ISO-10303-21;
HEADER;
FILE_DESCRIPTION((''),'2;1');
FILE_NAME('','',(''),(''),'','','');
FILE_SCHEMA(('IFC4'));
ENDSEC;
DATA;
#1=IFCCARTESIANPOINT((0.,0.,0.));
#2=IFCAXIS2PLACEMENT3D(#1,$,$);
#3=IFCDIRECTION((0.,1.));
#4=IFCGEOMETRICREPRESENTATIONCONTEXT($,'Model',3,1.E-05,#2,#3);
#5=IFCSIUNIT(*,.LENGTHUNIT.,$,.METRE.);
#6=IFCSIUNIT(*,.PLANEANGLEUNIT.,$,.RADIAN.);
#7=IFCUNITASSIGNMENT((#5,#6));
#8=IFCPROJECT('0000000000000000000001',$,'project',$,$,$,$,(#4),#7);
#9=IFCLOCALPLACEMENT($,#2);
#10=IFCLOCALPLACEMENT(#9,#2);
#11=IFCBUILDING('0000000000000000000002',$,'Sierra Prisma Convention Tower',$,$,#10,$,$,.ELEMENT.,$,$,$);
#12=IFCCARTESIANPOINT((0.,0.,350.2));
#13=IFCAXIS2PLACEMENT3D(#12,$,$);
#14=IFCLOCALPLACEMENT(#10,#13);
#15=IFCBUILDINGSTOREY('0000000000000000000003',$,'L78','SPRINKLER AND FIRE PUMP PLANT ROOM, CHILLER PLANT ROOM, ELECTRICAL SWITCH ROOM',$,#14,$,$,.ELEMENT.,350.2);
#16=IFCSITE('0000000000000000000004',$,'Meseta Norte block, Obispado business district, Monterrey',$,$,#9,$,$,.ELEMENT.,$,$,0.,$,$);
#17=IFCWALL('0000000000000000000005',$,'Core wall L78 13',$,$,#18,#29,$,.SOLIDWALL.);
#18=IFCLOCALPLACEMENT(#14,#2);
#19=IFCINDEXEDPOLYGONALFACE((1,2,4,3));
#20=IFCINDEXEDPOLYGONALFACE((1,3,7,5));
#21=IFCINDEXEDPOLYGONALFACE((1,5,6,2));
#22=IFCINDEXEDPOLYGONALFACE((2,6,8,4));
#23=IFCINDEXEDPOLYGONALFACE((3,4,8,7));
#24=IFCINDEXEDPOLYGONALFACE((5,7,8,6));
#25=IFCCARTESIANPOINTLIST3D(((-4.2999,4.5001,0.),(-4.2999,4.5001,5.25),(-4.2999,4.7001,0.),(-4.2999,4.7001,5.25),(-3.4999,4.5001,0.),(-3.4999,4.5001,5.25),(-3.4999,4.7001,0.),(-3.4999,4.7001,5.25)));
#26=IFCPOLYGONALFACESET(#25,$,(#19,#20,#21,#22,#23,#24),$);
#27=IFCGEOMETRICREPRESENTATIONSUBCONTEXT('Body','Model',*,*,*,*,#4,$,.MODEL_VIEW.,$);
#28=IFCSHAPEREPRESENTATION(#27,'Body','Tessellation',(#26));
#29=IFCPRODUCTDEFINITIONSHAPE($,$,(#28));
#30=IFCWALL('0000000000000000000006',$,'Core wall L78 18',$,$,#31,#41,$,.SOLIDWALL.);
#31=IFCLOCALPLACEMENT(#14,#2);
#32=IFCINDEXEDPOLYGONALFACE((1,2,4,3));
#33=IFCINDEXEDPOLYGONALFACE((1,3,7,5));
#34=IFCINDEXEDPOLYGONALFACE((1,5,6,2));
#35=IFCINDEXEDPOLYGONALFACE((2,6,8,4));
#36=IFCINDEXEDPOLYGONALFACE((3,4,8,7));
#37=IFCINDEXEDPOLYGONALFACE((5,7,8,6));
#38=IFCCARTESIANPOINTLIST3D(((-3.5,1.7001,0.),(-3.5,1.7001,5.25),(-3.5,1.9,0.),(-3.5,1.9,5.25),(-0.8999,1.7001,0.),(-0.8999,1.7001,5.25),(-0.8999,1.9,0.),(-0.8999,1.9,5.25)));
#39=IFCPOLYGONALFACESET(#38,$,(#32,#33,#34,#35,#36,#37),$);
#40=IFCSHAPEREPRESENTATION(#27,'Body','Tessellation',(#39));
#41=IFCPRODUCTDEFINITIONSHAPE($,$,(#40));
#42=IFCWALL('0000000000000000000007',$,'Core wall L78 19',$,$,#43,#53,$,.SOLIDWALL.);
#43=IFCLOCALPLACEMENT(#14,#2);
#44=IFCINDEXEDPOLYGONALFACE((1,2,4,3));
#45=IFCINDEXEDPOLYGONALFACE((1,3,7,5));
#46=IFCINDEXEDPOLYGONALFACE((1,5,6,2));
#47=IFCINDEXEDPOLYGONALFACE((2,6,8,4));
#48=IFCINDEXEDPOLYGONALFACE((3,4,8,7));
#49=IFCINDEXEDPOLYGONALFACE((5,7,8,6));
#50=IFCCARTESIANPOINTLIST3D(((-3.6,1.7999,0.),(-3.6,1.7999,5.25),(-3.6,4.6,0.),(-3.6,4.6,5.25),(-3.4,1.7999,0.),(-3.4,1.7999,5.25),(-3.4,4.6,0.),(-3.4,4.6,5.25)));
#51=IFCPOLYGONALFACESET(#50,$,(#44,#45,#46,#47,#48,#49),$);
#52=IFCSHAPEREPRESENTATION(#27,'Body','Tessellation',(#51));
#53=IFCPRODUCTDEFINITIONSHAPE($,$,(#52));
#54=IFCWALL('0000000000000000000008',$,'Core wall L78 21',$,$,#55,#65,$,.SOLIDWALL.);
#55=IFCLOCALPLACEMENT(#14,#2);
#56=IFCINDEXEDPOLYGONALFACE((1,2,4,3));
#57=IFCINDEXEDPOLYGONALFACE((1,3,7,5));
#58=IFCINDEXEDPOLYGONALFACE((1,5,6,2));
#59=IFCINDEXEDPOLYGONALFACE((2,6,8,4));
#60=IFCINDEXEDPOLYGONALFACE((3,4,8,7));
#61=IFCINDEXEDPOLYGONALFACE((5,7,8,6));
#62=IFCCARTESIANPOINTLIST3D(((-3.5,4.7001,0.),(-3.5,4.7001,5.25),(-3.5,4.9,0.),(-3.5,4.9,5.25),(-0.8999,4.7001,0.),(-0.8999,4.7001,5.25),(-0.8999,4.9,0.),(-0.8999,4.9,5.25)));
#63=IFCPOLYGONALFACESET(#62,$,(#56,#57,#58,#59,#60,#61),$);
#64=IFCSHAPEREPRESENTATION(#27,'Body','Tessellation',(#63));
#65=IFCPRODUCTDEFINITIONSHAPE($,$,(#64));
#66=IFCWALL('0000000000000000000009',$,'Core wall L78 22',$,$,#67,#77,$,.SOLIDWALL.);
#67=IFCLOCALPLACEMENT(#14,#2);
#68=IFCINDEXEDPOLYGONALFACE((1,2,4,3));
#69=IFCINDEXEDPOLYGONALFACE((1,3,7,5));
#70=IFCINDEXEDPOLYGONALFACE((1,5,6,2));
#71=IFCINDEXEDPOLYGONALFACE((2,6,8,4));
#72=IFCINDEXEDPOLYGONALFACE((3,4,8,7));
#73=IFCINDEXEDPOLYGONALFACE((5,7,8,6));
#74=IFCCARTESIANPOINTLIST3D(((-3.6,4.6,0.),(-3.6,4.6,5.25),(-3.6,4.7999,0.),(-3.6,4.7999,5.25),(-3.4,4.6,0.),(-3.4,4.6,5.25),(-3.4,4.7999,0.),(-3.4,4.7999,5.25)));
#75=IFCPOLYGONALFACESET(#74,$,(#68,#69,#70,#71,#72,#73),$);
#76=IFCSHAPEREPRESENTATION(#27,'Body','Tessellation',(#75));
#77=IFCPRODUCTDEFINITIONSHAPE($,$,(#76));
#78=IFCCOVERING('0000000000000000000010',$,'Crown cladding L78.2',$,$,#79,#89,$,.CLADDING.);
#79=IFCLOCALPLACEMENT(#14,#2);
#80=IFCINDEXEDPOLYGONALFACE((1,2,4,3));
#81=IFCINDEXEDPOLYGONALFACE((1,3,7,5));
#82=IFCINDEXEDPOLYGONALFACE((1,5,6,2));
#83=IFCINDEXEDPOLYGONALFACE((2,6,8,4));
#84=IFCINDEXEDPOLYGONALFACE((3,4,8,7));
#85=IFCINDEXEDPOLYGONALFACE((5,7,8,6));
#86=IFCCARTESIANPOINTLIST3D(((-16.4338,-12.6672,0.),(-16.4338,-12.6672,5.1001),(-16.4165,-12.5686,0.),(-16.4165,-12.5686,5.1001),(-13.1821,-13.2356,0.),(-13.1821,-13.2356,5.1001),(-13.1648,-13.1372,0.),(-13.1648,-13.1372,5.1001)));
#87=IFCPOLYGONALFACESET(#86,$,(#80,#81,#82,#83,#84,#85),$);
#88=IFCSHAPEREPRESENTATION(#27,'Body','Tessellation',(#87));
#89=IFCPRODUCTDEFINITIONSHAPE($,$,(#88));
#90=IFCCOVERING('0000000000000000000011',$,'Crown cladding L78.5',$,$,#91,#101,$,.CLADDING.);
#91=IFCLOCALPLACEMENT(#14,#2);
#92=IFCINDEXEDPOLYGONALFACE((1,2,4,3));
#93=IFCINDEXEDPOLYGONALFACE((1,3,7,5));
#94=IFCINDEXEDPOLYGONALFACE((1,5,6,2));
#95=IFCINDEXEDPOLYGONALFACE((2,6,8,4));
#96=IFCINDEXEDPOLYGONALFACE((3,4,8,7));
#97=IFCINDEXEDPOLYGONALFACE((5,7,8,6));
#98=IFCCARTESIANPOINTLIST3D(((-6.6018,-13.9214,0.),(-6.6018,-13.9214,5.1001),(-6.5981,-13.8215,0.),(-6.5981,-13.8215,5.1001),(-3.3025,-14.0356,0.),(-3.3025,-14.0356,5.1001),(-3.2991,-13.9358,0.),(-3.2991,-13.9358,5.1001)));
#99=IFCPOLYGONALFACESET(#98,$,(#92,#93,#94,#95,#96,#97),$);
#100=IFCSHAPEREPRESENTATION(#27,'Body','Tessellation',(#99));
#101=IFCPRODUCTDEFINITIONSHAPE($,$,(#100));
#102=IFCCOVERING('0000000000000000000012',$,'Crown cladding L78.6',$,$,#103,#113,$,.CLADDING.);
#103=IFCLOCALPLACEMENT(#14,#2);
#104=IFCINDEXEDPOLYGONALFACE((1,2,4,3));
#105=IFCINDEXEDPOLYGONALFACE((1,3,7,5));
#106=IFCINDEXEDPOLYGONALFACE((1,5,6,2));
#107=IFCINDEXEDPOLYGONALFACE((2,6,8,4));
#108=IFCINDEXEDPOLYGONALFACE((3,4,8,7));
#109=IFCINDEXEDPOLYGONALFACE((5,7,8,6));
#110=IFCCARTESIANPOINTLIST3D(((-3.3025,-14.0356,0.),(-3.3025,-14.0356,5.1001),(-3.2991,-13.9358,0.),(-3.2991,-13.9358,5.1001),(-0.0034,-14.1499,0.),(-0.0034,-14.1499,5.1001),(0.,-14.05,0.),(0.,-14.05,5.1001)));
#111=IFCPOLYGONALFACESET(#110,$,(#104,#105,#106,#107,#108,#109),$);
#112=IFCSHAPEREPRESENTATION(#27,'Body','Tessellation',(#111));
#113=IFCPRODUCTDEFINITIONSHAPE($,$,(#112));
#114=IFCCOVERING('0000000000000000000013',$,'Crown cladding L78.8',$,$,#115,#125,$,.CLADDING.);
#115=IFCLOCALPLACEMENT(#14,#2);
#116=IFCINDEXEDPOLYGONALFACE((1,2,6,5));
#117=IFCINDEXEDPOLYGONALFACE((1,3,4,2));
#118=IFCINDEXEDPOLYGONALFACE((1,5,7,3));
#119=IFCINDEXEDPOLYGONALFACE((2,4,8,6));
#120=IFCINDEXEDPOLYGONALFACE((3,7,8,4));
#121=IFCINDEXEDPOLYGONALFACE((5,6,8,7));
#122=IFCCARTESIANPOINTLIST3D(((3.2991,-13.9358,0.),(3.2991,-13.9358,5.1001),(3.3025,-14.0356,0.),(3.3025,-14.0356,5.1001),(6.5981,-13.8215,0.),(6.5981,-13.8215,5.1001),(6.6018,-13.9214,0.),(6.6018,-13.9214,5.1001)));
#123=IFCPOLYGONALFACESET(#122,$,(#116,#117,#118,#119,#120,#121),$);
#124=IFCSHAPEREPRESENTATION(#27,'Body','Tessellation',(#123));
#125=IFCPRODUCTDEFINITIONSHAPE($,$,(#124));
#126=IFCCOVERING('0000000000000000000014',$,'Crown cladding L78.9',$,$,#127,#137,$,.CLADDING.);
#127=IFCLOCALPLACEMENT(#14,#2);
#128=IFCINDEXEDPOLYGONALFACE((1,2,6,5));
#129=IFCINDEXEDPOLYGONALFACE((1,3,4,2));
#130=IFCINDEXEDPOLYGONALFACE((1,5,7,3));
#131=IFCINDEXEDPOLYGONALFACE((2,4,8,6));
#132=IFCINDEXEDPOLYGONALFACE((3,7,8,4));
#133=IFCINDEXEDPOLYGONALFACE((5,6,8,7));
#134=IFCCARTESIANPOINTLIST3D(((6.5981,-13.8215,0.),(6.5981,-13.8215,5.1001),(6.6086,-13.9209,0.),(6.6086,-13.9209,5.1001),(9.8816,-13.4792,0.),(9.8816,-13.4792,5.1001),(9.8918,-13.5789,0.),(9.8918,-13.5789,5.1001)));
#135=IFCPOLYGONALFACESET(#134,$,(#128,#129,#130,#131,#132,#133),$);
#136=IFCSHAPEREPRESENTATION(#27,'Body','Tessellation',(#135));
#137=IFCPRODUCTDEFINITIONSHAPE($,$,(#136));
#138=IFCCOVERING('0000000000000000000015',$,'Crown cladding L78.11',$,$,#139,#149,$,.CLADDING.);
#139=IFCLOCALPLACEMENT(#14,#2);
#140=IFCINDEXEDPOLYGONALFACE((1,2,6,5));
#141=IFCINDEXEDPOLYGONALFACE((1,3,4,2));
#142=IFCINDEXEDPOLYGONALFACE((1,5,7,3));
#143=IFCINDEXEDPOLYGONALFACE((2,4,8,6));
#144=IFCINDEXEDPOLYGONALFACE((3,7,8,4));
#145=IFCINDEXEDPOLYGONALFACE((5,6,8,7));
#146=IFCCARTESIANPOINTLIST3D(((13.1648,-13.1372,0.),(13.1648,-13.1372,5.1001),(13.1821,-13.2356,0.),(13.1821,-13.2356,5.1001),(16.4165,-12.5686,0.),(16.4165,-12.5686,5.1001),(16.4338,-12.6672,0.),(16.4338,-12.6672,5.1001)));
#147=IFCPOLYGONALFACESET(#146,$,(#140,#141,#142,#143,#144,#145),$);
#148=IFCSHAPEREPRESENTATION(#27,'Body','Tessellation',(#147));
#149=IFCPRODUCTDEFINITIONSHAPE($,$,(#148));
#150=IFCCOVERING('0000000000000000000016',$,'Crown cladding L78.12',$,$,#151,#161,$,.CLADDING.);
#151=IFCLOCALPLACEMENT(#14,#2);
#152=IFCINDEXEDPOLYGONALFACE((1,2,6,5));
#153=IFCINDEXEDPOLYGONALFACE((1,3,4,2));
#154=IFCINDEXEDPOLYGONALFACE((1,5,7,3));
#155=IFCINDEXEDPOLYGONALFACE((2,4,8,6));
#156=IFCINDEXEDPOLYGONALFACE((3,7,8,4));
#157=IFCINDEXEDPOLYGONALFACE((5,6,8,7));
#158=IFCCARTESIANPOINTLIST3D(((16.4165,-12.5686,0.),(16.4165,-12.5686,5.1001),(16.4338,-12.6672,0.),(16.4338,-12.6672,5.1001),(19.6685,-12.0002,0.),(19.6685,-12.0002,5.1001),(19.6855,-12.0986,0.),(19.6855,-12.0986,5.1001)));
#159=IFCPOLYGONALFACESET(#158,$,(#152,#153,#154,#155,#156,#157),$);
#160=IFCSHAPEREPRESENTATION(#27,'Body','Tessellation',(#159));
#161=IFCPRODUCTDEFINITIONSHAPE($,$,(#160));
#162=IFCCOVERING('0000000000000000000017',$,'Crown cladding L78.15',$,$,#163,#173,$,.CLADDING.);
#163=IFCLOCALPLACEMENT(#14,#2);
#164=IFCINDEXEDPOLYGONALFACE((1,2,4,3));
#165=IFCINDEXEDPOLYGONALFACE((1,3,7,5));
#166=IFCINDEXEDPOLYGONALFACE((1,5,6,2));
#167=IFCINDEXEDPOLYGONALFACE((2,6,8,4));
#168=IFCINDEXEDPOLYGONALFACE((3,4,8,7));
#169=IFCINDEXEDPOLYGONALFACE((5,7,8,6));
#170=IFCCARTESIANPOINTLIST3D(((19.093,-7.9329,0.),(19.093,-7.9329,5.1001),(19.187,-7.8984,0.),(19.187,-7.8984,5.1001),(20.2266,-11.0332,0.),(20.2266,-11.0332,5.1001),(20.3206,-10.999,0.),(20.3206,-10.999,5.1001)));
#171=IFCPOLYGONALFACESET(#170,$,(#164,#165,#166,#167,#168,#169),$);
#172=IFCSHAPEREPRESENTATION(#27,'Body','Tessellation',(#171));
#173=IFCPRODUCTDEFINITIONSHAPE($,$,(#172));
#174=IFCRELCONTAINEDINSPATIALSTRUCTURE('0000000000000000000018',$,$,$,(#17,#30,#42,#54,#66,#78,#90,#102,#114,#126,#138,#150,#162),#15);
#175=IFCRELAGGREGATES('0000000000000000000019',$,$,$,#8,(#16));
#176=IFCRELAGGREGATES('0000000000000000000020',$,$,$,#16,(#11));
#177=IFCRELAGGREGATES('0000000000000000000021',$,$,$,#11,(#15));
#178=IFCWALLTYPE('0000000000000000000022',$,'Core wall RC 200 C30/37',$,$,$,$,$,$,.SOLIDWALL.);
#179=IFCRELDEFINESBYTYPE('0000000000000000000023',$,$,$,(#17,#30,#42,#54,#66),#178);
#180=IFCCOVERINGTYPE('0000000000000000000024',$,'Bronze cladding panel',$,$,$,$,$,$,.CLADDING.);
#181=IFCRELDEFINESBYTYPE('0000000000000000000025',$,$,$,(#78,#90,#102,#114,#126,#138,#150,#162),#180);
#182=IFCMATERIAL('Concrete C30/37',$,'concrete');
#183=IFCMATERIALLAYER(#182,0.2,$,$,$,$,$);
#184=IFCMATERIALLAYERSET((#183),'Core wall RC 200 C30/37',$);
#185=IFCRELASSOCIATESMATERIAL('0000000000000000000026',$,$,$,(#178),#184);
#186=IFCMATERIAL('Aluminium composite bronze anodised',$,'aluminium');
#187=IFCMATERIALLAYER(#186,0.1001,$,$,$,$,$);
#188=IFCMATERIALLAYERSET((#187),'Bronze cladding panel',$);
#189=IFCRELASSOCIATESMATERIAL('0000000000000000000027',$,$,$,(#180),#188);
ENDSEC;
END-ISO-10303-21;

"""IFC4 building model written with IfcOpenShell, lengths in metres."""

from ifc_helpers import new_model, si_unit, direction, frame, frame_2d, origin, place, context, subcontext, project, spatial, polyline, rectangle, outline, extrude, material, layer, layer_set, type_object, element, save


model = new_model("IFC4")

# Units and contexts
model_context = context("Model", 3, precision=1e-05, world=origin(), true_north=direction((0.0, 1.0)))
body_context = subcontext(model_context, "Body", "Model", "MODEL_VIEW")
ifc_project = project(units=[si_unit("LENGTHUNIT", "METRE"), si_unit("PLANEANGLEUNIT", "RADIAN")], contexts=[model_context])

# Site, building, storey
site_placement = place(None, origin())
site = spatial("IfcSite", under=ifc_project, at=site_placement, Name="Meseta Norte block, Obispado business district, Monterrey", CompositionType="ELEMENT", RefElevation=0.0)
building_placement = place(site_placement, origin())
building = spatial("IfcBuilding", under=site, at=building_placement, Name="Sierra Prisma Convention Tower", CompositionType="ELEMENT")
storey_placement = place(building_placement, frame((0.0, 0.0, 350.2)))
storey = spatial("IfcBuildingStorey", under=building, at=storey_placement, Name="L78", Description="SPRINKLER AND FIRE PUMP PLANT ROOM, CHILLER PLANT ROOM, ELECTRICAL SWITCH ROOM", CompositionType="ELEMENT", Elevation=350.2)

# Wall
ifc_material_1 = material(Name="Concrete C30/37", Category="concrete")
ifc_layer_1 = layer(ifc_material_1, 0.2)
ifc_layer_set_1 = layer_set([ifc_layer_1], Name="Core wall RC 200 C30/37")
wall_type = type_object("IfcWallType", Name="Core wall RC 200 C30/37", PredefinedType="SOLIDWALL", material=ifc_layer_set_1)
wall_1_placement = place(storey_placement, frame((-3.5, 4.6001, 0.0), z_axis=(0.0, 0.0, 1.0), x_axis=(-1.0, 0.0, 0.0)))
element("IfcWall", 1, at=wall_1_placement, inside=storey, type_object=wall_type, Name="Core wall L78 13", PredefinedType="SOLIDWALL", context=body_context, shape_type="SweptSolid", body=[
    extrude(rectangle(XDim=0.8, YDim=0.2, at=frame_2d((0.3999, 0.0))), origin(), (0.0, 0.0, 1.0), 5.25),
])

# Walls
wall_2_placement = place(storey_placement, frame((-0.8999, 1.8, 0.0), z_axis=(0.0, 0.0, 1.0), x_axis=(-1.0, 0.0, 0.0)))
element("IfcWall", 2, at=wall_2_placement, inside=storey, type_object=wall_type, Name="Core wall L78 18", PredefinedType="SOLIDWALL", context=body_context, shape_type="SweptSolid", body=[
    extrude(rectangle(XDim=2.6001, YDim=0.2, at=frame_2d((1.3, 0.0))), origin(), (0.0, 0.0, 1.0), 5.25),
])
wall_3_placement = place(storey_placement, frame((-3.5, 1.8, 0.0), z_axis=(0.0, 0.0, 1.0), x_axis=(0.0, 1.0, 0.0)))
element("IfcWall", 3, at=wall_3_placement, inside=storey, type_object=wall_type, Name="Core wall L78 19", PredefinedType="SOLIDWALL", context=body_context, shape_type="SweptSolid", body=[
    extrude(rectangle(XDim=2.8, YDim=0.2, at=frame_2d((1.3999, 0.0))), origin(), (0.0, 0.0, 1.0), 5.25),
])

# Walls
wall_4_placement = place(storey_placement, frame((-0.8999, 4.8, 0.0), z_axis=(0.0, 0.0, 1.0), x_axis=(-1.0, 0.0, 0.0)))
element("IfcWall", 4, at=wall_4_placement, inside=storey, type_object=wall_type, Name="Core wall L78 21", PredefinedType="SOLIDWALL", context=body_context, shape_type="SweptSolid", body=[
    extrude(rectangle(XDim=2.6001, YDim=0.2, at=frame_2d((1.3, 0.0))), origin(), (0.0, 0.0, 1.0), 5.25),
])
wall_5_placement = place(storey_placement, frame((-3.5, 4.8, 0.0), z_axis=(0.0, 0.0, 1.0), x_axis=(0.0, -1.0, 0.0)))
element("IfcWall", 5, at=wall_5_placement, inside=storey, type_object=wall_type, Name="Core wall L78 22", PredefinedType="SOLIDWALL", context=body_context, shape_type="SweptSolid", body=[
    extrude(rectangle(XDim=0.2, YDim=0.2, at=frame_2d((0.1001, 0.0))), origin(), (0.0, 0.0, 1.0), 5.25),
])

# Coverings
ifc_material_2 = material(Name="Aluminium composite bronze anodised", Category="aluminium")
ifc_layer_2 = layer(ifc_material_2, 0.1001)
ifc_layer_set_2 = layer_set([ifc_layer_2], Name="Bronze cladding panel")
covering_type = type_object("IfcCoveringType", Name="Bronze cladding panel", PredefinedType="CLADDING", material=ifc_layer_set_2)
covering_1_placement = place(storey_placement, origin())
element("IfcCovering", 6, at=covering_1_placement, inside=storey, type_object=covering_type, Name="Crown cladding L78.2", PredefinedType="CLADDING", context=body_context, shape_type="SweptSolid", body=[
    extrude(outline(polyline([(-16.4165, -12.5686), (-13.1648, -13.1372), (-13.1821, -13.2356), (-16.4338, -12.6672), (-16.4165, -12.5686)])), origin(), (0.0, 0.0, 1.0), 5.1001),
])
covering_2_placement = place(storey_placement, origin())
element("IfcCovering", 7, at=covering_2_placement, inside=storey, type_object=covering_type, Name="Crown cladding L78.5", PredefinedType="CLADDING", context=body_context, shape_type="SweptSolid", body=[
    extrude(outline(polyline([(-6.5981, -13.8215), (-3.2991, -13.9358), (-3.3025, -14.0356), (-6.6018, -13.9214), (-6.5981, -13.8215)])), origin(), (0.0, 0.0, 1.0), 5.1001),
])
covering_3_placement = place(storey_placement, origin())
element("IfcCovering", 8, at=covering_3_placement, inside=storey, type_object=covering_type, Name="Crown cladding L78.6", PredefinedType="CLADDING", context=body_context, shape_type="SweptSolid", body=[
    extrude(outline(polyline([(-3.2991, -13.9358), (0.0, -14.05), (-0.0034, -14.1499), (-3.3025, -14.0356), (-3.2991, -13.9358)])), origin(), (0.0, 0.0, 1.0), 5.1001),
])
covering_4_placement = place(storey_placement, origin())
element("IfcCovering", 9, at=covering_4_placement, inside=storey, type_object=covering_type, Name="Crown cladding L78.8", PredefinedType="CLADDING", context=body_context, shape_type="SweptSolid", body=[
    extrude(outline(polyline([(3.2991, -13.9358), (6.5981, -13.8215), (6.6018, -13.9214), (3.3025, -14.0356), (3.2991, -13.9358)])), origin(), (0.0, 0.0, 1.0), 5.1001),
])
covering_5_placement = place(storey_placement, origin())
element("IfcCovering", 10, at=covering_5_placement, inside=storey, type_object=covering_type, Name="Crown cladding L78.9", PredefinedType="CLADDING", context=body_context, shape_type="SweptSolid", body=[
    extrude(outline(polyline([(6.5981, -13.8215), (9.8816, -13.4792), (9.8918, -13.5789), (6.6086, -13.9209), (6.5981, -13.8215)])), origin(), (0.0, 0.0, 1.0), 5.1001),
])
covering_6_placement = place(storey_placement, origin())
element("IfcCovering", 11, at=covering_6_placement, inside=storey, type_object=covering_type, Name="Crown cladding L78.11", PredefinedType="CLADDING", context=body_context, shape_type="SweptSolid", body=[
    extrude(outline(polyline([(13.1648, -13.1372), (16.4165, -12.5686), (16.4338, -12.6672), (13.1821, -13.2356), (13.1648, -13.1372)])), origin(), (0.0, 0.0, 1.0), 5.1001),
])
covering_7_placement = place(storey_placement, origin())
element("IfcCovering", 12, at=covering_7_placement, inside=storey, type_object=covering_type, Name="Crown cladding L78.12", PredefinedType="CLADDING", context=body_context, shape_type="SweptSolid", body=[
    extrude(outline(polyline([(16.4165, -12.5686), (19.6685, -12.0002), (19.6855, -12.0986), (16.4338, -12.6672), (16.4165, -12.5686)])), origin(), (0.0, 0.0, 1.0), 5.1001),
])
covering_8_placement = place(storey_placement, origin())
element("IfcCovering", 13, at=covering_8_placement, inside=storey, type_object=covering_type, Name="Crown cladding L78.15", PredefinedType="CLADDING", context=body_context, shape_type="SweptSolid", body=[
    extrude(outline(polyline([(20.2266, -11.0332), (19.093, -7.9329), (19.187, -7.8984), (20.3206, -10.999), (20.2266, -11.0332)])), origin(), (0.0, 0.0, 1.0), 5.1001),
])

save(model, "model.ifc")
